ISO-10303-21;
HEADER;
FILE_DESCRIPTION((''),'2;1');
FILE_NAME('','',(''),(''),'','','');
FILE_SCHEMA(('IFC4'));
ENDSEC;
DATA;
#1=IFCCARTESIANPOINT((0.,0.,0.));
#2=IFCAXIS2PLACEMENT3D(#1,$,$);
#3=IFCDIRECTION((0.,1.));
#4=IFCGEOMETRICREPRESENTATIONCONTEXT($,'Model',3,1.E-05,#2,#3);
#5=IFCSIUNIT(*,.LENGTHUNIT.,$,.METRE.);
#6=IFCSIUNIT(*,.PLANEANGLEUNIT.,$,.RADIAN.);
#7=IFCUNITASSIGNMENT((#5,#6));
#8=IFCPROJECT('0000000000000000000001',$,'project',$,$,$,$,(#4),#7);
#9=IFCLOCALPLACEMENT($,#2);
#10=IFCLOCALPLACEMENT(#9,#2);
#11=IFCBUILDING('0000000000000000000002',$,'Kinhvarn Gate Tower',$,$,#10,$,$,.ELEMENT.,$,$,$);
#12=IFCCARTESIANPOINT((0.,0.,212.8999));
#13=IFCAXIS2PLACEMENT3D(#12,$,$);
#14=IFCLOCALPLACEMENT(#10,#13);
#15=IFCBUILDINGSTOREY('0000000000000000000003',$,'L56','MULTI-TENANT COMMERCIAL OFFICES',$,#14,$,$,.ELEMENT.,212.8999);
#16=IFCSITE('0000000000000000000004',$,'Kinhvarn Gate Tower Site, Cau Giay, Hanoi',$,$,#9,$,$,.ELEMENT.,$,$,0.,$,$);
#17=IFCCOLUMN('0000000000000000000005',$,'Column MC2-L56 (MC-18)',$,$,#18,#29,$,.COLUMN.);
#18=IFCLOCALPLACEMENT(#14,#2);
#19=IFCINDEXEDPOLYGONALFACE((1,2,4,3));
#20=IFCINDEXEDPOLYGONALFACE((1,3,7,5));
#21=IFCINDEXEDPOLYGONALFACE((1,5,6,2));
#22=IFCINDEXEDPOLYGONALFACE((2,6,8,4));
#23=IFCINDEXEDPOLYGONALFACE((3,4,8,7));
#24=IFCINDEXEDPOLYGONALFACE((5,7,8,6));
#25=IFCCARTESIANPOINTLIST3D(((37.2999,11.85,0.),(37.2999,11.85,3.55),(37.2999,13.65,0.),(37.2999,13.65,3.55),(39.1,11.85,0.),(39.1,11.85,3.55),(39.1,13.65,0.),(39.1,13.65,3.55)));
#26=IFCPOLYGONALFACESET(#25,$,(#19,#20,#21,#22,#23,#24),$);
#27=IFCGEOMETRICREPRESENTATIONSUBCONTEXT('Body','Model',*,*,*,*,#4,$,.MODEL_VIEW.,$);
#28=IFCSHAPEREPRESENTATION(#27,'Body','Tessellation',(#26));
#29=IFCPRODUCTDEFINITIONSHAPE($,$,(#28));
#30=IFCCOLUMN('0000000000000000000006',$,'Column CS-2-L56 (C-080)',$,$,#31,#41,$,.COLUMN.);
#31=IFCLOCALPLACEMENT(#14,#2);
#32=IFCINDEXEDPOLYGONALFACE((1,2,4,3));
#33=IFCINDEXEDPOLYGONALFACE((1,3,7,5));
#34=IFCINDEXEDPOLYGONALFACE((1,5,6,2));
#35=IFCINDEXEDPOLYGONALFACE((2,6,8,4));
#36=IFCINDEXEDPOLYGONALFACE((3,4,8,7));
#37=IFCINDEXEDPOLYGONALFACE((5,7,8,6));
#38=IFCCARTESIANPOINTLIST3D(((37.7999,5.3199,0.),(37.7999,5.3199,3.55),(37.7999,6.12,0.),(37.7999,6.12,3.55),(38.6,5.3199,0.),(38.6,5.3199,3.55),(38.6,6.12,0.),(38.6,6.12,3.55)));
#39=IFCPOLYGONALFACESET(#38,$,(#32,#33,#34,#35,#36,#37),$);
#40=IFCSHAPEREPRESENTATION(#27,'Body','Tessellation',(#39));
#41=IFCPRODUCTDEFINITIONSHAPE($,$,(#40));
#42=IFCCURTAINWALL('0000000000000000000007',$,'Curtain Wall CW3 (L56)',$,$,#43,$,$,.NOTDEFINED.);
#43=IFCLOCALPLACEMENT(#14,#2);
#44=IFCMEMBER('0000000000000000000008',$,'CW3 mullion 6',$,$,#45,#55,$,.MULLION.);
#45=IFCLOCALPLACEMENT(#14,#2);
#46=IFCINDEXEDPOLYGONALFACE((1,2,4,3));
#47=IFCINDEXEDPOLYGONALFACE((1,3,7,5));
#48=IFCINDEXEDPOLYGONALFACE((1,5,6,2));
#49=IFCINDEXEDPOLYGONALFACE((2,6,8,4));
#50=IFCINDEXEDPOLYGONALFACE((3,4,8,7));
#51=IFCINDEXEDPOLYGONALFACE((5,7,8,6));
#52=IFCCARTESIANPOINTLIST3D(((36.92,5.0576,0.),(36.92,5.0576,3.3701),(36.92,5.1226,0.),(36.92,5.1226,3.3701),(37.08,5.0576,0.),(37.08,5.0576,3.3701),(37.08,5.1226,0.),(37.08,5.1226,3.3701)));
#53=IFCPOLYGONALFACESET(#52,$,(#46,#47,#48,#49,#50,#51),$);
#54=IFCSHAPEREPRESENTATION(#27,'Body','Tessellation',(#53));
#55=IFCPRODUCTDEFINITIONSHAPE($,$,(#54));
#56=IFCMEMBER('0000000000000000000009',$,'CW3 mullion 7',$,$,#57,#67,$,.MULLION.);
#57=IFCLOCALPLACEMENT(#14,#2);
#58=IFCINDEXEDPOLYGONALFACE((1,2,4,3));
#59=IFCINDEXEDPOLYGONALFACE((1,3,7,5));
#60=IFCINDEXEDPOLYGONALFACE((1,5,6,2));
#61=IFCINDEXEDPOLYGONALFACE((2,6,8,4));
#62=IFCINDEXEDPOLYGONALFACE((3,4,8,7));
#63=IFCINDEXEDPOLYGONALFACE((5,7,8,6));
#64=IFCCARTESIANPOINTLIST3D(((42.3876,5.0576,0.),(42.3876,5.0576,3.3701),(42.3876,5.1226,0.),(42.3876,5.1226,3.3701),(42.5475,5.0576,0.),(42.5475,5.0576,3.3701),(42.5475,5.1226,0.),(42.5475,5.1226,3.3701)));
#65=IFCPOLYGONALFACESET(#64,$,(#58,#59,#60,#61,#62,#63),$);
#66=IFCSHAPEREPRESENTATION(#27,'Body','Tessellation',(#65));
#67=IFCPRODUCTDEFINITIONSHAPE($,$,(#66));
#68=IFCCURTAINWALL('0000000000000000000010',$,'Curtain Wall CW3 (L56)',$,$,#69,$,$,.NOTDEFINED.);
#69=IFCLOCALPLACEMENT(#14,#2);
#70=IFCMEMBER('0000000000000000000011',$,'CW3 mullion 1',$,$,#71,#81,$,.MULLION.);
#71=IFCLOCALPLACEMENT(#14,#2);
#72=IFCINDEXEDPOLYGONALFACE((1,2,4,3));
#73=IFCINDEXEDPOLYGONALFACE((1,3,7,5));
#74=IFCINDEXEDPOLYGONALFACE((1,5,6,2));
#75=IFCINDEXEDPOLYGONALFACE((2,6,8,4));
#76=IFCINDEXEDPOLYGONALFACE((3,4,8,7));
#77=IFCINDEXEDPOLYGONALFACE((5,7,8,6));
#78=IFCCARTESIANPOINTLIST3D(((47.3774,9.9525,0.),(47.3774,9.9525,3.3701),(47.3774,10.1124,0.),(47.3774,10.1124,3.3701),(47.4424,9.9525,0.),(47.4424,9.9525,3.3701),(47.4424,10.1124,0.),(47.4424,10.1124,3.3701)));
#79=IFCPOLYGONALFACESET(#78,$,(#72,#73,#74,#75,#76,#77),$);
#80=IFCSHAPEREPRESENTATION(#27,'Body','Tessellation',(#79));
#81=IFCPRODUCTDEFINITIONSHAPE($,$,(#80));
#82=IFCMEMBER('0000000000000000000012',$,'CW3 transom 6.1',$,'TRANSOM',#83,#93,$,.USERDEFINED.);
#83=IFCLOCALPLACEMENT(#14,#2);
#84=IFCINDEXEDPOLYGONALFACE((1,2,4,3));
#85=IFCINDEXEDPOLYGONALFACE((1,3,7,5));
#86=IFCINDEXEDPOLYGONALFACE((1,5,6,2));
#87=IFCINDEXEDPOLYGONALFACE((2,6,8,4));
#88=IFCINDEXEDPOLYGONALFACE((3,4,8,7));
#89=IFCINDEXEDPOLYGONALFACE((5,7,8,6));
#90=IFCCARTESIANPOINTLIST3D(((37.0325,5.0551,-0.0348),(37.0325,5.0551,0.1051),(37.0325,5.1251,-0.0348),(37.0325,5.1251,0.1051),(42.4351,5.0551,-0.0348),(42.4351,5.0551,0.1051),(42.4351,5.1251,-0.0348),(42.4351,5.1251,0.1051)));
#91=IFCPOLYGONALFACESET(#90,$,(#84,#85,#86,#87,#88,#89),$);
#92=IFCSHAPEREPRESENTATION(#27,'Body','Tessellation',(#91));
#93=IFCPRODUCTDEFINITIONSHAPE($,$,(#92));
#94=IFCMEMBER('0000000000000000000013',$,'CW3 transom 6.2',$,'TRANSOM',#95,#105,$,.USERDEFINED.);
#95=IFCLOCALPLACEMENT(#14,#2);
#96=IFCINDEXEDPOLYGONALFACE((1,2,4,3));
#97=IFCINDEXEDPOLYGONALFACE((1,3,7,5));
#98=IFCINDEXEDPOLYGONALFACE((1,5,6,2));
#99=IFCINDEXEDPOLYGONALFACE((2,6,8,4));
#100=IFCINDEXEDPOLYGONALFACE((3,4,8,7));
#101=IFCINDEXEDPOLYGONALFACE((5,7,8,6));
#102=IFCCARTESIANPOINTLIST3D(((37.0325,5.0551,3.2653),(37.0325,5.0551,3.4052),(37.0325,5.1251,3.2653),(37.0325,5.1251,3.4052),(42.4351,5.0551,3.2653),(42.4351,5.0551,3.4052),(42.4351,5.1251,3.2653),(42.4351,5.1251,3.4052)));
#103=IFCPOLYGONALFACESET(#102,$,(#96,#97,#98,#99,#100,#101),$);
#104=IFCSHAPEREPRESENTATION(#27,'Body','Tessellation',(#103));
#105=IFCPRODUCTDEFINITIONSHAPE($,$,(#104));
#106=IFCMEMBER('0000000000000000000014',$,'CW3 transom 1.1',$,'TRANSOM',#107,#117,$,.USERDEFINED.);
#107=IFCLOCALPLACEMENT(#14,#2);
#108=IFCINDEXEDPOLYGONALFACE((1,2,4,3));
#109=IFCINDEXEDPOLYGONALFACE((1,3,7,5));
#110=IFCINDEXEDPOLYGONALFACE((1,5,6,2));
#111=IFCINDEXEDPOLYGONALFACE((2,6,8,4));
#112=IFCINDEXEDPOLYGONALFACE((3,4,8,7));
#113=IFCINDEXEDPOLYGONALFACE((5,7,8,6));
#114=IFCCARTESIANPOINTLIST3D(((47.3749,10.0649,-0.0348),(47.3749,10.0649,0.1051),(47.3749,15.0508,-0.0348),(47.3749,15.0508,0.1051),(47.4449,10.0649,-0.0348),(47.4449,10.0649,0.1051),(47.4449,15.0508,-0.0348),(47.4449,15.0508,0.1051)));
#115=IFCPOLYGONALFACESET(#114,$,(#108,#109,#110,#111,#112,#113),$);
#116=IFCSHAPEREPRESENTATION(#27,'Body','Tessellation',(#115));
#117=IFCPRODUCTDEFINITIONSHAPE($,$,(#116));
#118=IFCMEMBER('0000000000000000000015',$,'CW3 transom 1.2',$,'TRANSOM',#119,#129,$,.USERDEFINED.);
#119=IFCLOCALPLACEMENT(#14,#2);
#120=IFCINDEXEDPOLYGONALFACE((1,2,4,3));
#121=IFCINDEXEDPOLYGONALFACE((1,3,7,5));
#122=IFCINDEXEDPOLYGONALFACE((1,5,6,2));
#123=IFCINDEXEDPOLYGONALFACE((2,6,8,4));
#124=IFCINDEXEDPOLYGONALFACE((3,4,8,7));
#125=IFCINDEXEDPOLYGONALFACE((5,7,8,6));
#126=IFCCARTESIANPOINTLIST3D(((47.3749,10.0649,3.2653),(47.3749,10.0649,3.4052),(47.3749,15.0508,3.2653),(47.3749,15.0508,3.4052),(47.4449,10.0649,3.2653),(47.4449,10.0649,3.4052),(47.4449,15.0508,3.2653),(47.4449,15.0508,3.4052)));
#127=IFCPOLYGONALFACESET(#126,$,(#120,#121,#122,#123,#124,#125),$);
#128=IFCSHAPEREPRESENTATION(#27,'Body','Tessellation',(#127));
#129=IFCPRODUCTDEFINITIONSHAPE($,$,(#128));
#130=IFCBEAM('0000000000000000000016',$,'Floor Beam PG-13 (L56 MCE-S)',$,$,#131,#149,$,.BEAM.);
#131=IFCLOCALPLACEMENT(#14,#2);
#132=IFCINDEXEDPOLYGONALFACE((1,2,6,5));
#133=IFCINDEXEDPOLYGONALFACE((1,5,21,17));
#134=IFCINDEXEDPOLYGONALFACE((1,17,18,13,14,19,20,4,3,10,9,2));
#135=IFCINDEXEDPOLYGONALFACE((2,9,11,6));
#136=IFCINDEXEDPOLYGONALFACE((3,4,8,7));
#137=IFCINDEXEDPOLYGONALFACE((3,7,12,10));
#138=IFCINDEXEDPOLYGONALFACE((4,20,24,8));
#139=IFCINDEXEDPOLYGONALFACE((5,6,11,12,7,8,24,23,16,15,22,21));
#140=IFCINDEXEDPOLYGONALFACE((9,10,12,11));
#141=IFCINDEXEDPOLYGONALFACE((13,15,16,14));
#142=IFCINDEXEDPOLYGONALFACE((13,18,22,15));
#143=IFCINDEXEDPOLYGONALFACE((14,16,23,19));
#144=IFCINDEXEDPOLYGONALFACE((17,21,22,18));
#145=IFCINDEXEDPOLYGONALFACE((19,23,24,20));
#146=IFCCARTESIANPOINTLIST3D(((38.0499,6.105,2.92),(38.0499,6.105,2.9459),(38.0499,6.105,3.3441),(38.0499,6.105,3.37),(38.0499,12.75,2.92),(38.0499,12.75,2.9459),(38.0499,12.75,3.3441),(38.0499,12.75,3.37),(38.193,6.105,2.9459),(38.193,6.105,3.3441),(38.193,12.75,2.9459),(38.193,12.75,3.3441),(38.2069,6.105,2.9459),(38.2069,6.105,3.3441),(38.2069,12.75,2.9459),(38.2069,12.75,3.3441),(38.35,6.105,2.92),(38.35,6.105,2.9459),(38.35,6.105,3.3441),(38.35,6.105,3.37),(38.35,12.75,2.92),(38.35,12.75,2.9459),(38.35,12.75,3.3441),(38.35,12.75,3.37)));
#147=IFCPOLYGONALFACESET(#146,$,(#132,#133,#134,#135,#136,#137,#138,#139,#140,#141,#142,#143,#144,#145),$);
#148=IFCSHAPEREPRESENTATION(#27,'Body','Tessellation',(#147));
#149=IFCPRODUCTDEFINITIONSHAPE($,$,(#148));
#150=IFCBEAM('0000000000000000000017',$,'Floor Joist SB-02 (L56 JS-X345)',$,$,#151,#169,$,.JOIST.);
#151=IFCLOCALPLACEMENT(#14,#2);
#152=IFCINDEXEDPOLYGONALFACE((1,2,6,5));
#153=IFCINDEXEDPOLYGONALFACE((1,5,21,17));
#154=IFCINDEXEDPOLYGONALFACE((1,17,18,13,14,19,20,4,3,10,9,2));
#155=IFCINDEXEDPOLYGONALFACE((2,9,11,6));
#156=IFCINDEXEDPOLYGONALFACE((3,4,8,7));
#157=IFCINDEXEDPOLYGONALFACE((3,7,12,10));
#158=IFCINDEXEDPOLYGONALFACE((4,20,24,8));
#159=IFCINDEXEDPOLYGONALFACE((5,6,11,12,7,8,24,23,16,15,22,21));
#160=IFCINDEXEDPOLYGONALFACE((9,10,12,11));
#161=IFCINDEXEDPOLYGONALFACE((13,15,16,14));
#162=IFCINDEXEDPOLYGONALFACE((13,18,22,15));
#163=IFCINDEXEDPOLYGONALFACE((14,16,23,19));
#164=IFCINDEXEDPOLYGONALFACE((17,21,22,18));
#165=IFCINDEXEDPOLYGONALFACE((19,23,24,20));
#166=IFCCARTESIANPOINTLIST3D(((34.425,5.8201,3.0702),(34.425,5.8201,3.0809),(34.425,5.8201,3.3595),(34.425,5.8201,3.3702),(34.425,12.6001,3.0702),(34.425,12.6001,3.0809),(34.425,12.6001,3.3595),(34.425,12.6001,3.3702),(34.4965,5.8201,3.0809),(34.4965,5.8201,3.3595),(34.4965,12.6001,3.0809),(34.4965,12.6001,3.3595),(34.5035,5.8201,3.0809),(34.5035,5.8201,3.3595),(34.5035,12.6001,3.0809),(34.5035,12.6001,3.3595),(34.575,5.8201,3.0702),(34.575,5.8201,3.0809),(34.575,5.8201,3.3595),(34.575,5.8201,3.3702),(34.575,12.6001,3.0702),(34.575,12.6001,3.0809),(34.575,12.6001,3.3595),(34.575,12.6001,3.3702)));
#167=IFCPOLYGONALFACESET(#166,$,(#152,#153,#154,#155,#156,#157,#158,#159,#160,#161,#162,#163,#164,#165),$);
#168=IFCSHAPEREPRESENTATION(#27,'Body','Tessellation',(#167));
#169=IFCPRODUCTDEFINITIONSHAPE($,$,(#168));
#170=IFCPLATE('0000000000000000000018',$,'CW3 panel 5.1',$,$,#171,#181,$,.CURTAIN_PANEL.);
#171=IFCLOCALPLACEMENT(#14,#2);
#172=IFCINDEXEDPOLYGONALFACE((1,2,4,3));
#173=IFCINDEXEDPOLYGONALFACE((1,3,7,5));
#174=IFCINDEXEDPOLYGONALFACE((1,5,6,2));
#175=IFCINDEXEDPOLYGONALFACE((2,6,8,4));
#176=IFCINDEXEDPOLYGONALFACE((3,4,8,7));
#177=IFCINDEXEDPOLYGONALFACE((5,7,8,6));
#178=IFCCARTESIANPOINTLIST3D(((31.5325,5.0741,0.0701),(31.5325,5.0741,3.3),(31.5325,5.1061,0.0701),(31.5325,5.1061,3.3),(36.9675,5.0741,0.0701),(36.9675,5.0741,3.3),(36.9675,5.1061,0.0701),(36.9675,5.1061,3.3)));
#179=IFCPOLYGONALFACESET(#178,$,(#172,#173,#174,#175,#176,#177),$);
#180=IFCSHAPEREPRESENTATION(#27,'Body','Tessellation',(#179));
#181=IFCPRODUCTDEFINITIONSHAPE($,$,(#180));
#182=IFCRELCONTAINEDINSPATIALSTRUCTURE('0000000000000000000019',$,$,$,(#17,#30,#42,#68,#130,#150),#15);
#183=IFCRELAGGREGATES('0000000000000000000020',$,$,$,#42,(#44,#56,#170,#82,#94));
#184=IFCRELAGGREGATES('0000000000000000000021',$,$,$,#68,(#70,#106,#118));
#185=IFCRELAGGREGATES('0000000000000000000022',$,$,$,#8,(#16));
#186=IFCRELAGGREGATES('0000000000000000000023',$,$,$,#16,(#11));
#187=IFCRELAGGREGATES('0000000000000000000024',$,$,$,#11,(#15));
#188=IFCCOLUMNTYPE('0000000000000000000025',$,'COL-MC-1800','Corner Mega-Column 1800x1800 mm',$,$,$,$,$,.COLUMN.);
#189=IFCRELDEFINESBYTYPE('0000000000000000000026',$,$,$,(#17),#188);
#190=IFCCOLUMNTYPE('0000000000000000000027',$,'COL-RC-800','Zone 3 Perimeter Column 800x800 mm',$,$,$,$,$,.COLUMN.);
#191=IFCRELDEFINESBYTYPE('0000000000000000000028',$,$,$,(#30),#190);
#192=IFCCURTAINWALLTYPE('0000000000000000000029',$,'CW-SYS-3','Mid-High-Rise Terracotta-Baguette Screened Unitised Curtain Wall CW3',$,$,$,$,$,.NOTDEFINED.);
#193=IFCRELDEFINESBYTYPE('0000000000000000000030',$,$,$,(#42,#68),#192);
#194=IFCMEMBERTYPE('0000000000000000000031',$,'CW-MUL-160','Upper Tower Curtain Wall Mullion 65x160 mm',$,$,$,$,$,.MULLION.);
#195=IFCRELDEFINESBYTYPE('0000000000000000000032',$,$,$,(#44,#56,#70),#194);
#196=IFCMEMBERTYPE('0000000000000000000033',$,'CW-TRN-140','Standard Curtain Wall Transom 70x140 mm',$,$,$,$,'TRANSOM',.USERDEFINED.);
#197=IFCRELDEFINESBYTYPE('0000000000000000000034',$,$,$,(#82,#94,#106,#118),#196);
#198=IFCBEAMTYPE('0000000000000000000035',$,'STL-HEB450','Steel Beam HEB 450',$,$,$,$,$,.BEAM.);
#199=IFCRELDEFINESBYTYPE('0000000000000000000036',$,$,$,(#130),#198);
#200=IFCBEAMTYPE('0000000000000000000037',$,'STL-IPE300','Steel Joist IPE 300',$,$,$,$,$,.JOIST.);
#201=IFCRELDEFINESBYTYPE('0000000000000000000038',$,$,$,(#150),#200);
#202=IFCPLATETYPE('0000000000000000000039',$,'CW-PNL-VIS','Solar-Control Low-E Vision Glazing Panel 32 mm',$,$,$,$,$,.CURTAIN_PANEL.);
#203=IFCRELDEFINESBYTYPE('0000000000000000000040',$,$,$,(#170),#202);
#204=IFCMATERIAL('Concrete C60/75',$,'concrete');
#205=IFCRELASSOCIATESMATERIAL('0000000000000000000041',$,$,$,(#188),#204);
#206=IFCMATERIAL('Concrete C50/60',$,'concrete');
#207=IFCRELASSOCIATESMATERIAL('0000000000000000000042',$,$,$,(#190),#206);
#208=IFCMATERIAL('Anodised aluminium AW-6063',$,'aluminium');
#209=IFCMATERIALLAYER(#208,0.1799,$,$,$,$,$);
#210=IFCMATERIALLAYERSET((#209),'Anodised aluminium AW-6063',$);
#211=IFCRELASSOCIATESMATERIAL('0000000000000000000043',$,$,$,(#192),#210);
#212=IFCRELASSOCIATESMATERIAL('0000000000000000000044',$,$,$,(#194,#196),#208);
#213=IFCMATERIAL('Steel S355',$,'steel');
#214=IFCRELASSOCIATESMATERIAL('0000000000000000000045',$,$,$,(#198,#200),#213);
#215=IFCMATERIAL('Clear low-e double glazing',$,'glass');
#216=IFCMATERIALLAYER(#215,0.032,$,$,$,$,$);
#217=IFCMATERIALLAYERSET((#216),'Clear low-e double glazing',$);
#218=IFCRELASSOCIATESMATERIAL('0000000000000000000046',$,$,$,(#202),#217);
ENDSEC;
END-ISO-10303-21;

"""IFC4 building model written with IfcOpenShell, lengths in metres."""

from ifc_helpers import new_model, si_unit, direction, frame, origin, origin_2d, place, context, subcontext, project, spatial, rectangle, i_section, extrude, material, layer, layer_set, material_profile, profile_set, type_object, element, aggregate, save


model = new_model("IFC4")

# Units and contexts
model_context = context("Model", 3, precision=1e-05, world=origin(), true_north=direction((0.0, 1.0)))
body_context = subcontext(model_context, "Body", "Model", "MODEL_VIEW")
ifc_project = project(units=[si_unit("LENGTHUNIT", "METRE"), si_unit("PLANEANGLEUNIT", "RADIAN")], contexts=[model_context])

# Site, building, storey
site_placement = place(None, origin())
site = spatial("IfcSite", under=ifc_project, at=site_placement, Name="Kinhvarn Gate Tower Site, Cau Giay, Hanoi", CompositionType="ELEMENT", RefElevation=0.0)
building_placement = place(site_placement, origin())
building = spatial("IfcBuilding", under=site, at=building_placement, Name="Kinhvarn Gate Tower", CompositionType="ELEMENT")
storey_placement = place(building_placement, frame((0.0, 0.0, 212.8999)))
storey = spatial("IfcBuildingStorey", under=building, at=storey_placement, Name="L56", Description="MULTI-TENANT COMMERCIAL OFFICES", CompositionType="ELEMENT", Elevation=212.8999)

# Columns
ifc_material_1 = material(Name="Concrete C60/75", Category="concrete")
ifc_material_profile_1 = material_profile(ifc_material_1, rectangle(XDim=1.8, YDim=1.8, at=origin_2d()), Name="RC 1800x1800")
ifc_profile_set_1 = profile_set([ifc_material_profile_1], Name="Concrete C60/75")
column_type_1 = type_object("IfcColumnType", Name="COL-MC-1800", Description="Corner Mega-Column 1800x1800 mm", PredefinedType="COLUMN", material=ifc_profile_set_1)
column_1_placement = place(storey_placement, frame((38.2, 12.75, 0.0), z_axis=(0.0, 0.0, 1.0), x_axis=(1.0, 0.0, 0.0)))
element("IfcColumn", 1, at=column_1_placement, inside=storey, type_object=column_type_1, Name="Column MC2-L56 (MC-18)", PredefinedType="COLUMN", context=body_context, shape_type="SweptSolid", body=[
    extrude(rectangle(XDim=1.8, YDim=1.8, at=origin_2d()), origin(), (0.0, 0.0, 1.0), 3.55),
])
ifc_material_2 = material(Name="Concrete C50/60", Category="concrete")
ifc_material_profile_2 = material_profile(ifc_material_2, rectangle(XDim=0.8, YDim=0.8, at=origin_2d()), Name="RC 800x800")
ifc_profile_set_2 = profile_set([ifc_material_profile_2], Name="Concrete C50/60")
column_type_2 = type_object("IfcColumnType", Name="COL-RC-800", Description="Zone 3 Perimeter Column 800x800 mm", PredefinedType="COLUMN", material=ifc_profile_set_2)
column_2_placement = place(storey_placement, frame((38.2, 5.72, 0.0), z_axis=(0.0, 0.0, 1.0), x_axis=(1.0, 0.0, 0.0)))
element("IfcColumn", 2, at=column_2_placement, inside=storey, type_object=column_type_2, Name="Column CS-2-L56 (C-080)", PredefinedType="COLUMN", context=body_context, shape_type="SweptSolid", body=[
    extrude(rectangle(XDim=0.8, YDim=0.8, at=origin_2d()), origin(), (0.0, 0.0, 1.0), 3.55),
])

# Curtain wall, members
ifc_material_3 = material(Name="Anodised aluminium AW-6063", Category="aluminium")
ifc_layer_1 = layer(ifc_material_3, 0.1799)
ifc_layer_set_1 = layer_set([ifc_layer_1], Name="Anodised aluminium AW-6063")
curtain_wall_type = type_object("IfcCurtainWallType", Name="CW-SYS-3", Description="Mid-High-Rise Terracotta-Baguette Screened Unitised Curtain Wall CW3", PredefinedType="NOTDEFINED", material=ifc_layer_set_1)
curtain_wall_1_placement = place(storey_placement, origin())
curtain_wall_1 = element("IfcCurtainWall", 3, at=curtain_wall_1_placement, inside=storey, type_object=curtain_wall_type, Name="Curtain Wall CW3 (L56)", PredefinedType="NOTDEFINED")
ifc_material_profile_3 = material_profile(ifc_material_3, rectangle(XDim=0.0649, YDim=0.1599, at=origin_2d()), Name="ALU 65x160")
ifc_profile_set_3 = profile_set([ifc_material_profile_3], Name="Anodised aluminium AW-6063")
member_type_1 = type_object("IfcMemberType", Name="CW-MUL-160", Description="Upper Tower Curtain Wall Mullion 65x160 mm", PredefinedType="MULLION", material=ifc_profile_set_3)
member_1_placement = place(storey_placement, frame((37.0, 5.0901, 0.0), z_axis=(0.0, 0.0, 1.0), x_axis=(0.0, 1.0, 0.0)))
member_1 = element("IfcMember", 4, at=member_1_placement, type_object=member_type_1, Name="CW3 mullion 6", PredefinedType="MULLION", context=body_context, shape_type="SweptSolid", body=[
    extrude(rectangle(XDim=0.0649, YDim=0.1599, at=origin_2d()), origin(), (0.0, 0.0, 1.0), 3.3701),
])
member_2_placement = place(storey_placement, frame((42.4675, 5.0901, 0.0), z_axis=(0.0, 0.0, 1.0), x_axis=(0.0, 1.0, 0.0)))
member_2 = element("IfcMember", 5, at=member_2_placement, type_object=member_type_1, Name="CW3 mullion 7", PredefinedType="MULLION", context=body_context, shape_type="SweptSolid", body=[
    extrude(rectangle(XDim=0.0649, YDim=0.1599, at=origin_2d()), origin(), (0.0, 0.0, 1.0), 3.3701),
])

# Curtain wall, member
curtain_wall_2_placement = place(storey_placement, origin())
curtain_wall_2 = element("IfcCurtainWall", 6, at=curtain_wall_2_placement, inside=storey, type_object=curtain_wall_type, Name="Curtain Wall CW3 (L56)", PredefinedType="NOTDEFINED")
member_3_placement = place(storey_placement, frame((47.4099, 10.0325, 0.0), z_axis=(0.0, 0.0, 1.0), x_axis=(-1.0, 0.0, 0.0)))
member_3 = element("IfcMember", 7, at=member_3_placement, type_object=member_type_1, Name="CW3 mullion 1", PredefinedType="MULLION", context=body_context, shape_type="SweptSolid", body=[
    extrude(rectangle(XDim=0.0649, YDim=0.1599, at=origin_2d()), origin(), (0.0, 0.0, 1.0), 3.3701),
])

# Members
ifc_material_profile_4 = material_profile(ifc_material_3, rectangle(XDim=0.0701, YDim=0.1399, at=origin_2d()), Name="ALU 70x140")
ifc_profile_set_4 = profile_set([ifc_material_profile_4], Name="Anodised aluminium AW-6063")
member_type_2 = type_object("IfcMemberType", Name="CW-TRN-140", Description="Standard Curtain Wall Transom 70x140 mm", ElementType="TRANSOM", PredefinedType="USERDEFINED", material=ifc_profile_set_4)
member_4_placement = place(storey_placement, frame((37.0325, 5.0901, 0.0352), z_axis=(1.0, 0.0, 0.0), x_axis=(0.0, 1.0, 0.0)))
member_4 = element("IfcMember", 8, at=member_4_placement, type_object=member_type_2, Name="CW3 transom 6.1", ObjectType="TRANSOM", PredefinedType="USERDEFINED", context=body_context, shape_type="SweptSolid", body=[
    extrude(rectangle(XDim=0.0701, YDim=0.1399, at=origin_2d()), origin(), (0.0, 0.0, 1.0), 5.4026),
])
member_5_placement = place(storey_placement, frame((37.0325, 5.0901, 3.3352), z_axis=(1.0, 0.0, 0.0), x_axis=(0.0, 1.0, 0.0)))
member_5 = element("IfcMember", 9, at=member_5_placement, type_object=member_type_2, Name="CW3 transom 6.2", ObjectType="TRANSOM", PredefinedType="USERDEFINED", context=body_context, shape_type="SweptSolid", body=[
    extrude(rectangle(XDim=0.0701, YDim=0.1399, at=origin_2d()), origin(), (0.0, 0.0, 1.0), 5.4026),
])
member_6_placement = place(storey_placement, frame((47.4099, 10.0649, 0.0352), z_axis=(0.0, 1.0, 0.0), x_axis=(-1.0, 0.0, 0.0)))
member_6 = element("IfcMember", 10, at=member_6_placement, type_object=member_type_2, Name="CW3 transom 1.1", ObjectType="TRANSOM", PredefinedType="USERDEFINED", context=body_context, shape_type="SweptSolid", body=[
    extrude(rectangle(XDim=0.0701, YDim=0.1399, at=origin_2d()), origin(), (0.0, 0.0, 1.0), 4.9858),
])
member_7_placement = place(storey_placement, frame((47.4099, 10.0649, 3.3352), z_axis=(0.0, 1.0, 0.0), x_axis=(-1.0, 0.0, 0.0)))
member_7 = element("IfcMember", 11, at=member_7_placement, type_object=member_type_2, Name="CW3 transom 1.2", ObjectType="TRANSOM", PredefinedType="USERDEFINED", context=body_context, shape_type="SweptSolid", body=[
    extrude(rectangle(XDim=0.0701, YDim=0.1399, at=origin_2d()), origin(), (0.0, 0.0, 1.0), 4.9858),
])

# Beams
ifc_material_4 = material(Name="Steel S355", Category="steel")
ifc_material_profile_5 = material_profile(ifc_material_4, i_section(OverallWidth=0.3, OverallDepth=0.45, WebThickness=0.0139, FlangeThickness=0.0259, at=origin_2d()), Name="HEB 450")
ifc_profile_set_5 = profile_set([ifc_material_profile_5], Name="Steel S355")
beam_type_1 = type_object("IfcBeamType", Name="STL-HEB450", Description="Steel Beam HEB 450", PredefinedType="BEAM", material=ifc_profile_set_5)
beam_1_placement = place(storey_placement, frame((38.2, 6.105, 3.145), z_axis=(0.0, 1.0, 0.0), x_axis=(-1.0, 0.0, 0.0)))
element("IfcBeam", 12, at=beam_1_placement, inside=storey, type_object=beam_type_1, Name="Floor Beam PG-13 (L56 MCE-S)", PredefinedType="BEAM", context=body_context, shape_type="SweptSolid", body=[
    extrude(i_section(OverallWidth=0.3, OverallDepth=0.45, WebThickness=0.0139, FlangeThickness=0.0259, at=origin_2d()), origin(), (0.0, 0.0, 1.0), 6.645),
])
ifc_material_profile_6 = material_profile(ifc_material_4, i_section(OverallWidth=0.1499, OverallDepth=0.3, WebThickness=0.0071, FlangeThickness=0.0107, at=origin_2d()), Name="IPE 300")
ifc_profile_set_6 = profile_set([ifc_material_profile_6], Name="Steel S355")
beam_type_2 = type_object("IfcBeamType", Name="STL-IPE300", Description="Steel Joist IPE 300", PredefinedType="JOIST", material=ifc_profile_set_6)
beam_2_placement = place(storey_placement, frame((34.5, 5.8201, 3.2202), z_axis=(0.0, 1.0, 0.0), x_axis=(-1.0, 0.0, 0.0)))
element("IfcBeam", 13, at=beam_2_placement, inside=storey, type_object=beam_type_2, Name="Floor Joist SB-02 (L56 JS-X345)", PredefinedType="JOIST", context=body_context, shape_type="SweptSolid", body=[
    extrude(i_section(OverallWidth=0.1499, OverallDepth=0.3, WebThickness=0.0071, FlangeThickness=0.0107, at=origin_2d()), origin(), (0.0, 0.0, 1.0), 6.78),
])

# Plate
ifc_material_5 = material(Name="Clear low-e double glazing", Category="glass")
ifc_layer_2 = layer(ifc_material_5, 0.032)
ifc_layer_set_2 = layer_set([ifc_layer_2], Name="Clear low-e double glazing")
plate_type = type_object("IfcPlateType", Name="CW-PNL-VIS", Description="Solar-Control Low-E Vision Glazing Panel 32 mm", PredefinedType="CURTAIN_PANEL", material=ifc_layer_set_2)
plate_1_placement = place(storey_placement, frame((34.25, 5.0901, 0.0701), z_axis=(0.0, 0.0, 1.0), x_axis=(1.0, 0.0, 0.0)))
plate_1 = element("IfcPlate", 14, at=plate_1_placement, type_object=plate_type, Name="CW3 panel 5.1", PredefinedType="CURTAIN_PANEL", context=body_context, shape_type="SweptSolid", body=[
    extrude(rectangle(XDim=5.4351, YDim=0.032, at=origin_2d()), origin(), (0.0, 0.0, 1.0), 3.23),
])
aggregate(curtain_wall_1, [member_1, member_2, plate_1, member_4, member_5])
aggregate(curtain_wall_2, [member_3, member_6, member_7])

save(model, "model.ifc")
